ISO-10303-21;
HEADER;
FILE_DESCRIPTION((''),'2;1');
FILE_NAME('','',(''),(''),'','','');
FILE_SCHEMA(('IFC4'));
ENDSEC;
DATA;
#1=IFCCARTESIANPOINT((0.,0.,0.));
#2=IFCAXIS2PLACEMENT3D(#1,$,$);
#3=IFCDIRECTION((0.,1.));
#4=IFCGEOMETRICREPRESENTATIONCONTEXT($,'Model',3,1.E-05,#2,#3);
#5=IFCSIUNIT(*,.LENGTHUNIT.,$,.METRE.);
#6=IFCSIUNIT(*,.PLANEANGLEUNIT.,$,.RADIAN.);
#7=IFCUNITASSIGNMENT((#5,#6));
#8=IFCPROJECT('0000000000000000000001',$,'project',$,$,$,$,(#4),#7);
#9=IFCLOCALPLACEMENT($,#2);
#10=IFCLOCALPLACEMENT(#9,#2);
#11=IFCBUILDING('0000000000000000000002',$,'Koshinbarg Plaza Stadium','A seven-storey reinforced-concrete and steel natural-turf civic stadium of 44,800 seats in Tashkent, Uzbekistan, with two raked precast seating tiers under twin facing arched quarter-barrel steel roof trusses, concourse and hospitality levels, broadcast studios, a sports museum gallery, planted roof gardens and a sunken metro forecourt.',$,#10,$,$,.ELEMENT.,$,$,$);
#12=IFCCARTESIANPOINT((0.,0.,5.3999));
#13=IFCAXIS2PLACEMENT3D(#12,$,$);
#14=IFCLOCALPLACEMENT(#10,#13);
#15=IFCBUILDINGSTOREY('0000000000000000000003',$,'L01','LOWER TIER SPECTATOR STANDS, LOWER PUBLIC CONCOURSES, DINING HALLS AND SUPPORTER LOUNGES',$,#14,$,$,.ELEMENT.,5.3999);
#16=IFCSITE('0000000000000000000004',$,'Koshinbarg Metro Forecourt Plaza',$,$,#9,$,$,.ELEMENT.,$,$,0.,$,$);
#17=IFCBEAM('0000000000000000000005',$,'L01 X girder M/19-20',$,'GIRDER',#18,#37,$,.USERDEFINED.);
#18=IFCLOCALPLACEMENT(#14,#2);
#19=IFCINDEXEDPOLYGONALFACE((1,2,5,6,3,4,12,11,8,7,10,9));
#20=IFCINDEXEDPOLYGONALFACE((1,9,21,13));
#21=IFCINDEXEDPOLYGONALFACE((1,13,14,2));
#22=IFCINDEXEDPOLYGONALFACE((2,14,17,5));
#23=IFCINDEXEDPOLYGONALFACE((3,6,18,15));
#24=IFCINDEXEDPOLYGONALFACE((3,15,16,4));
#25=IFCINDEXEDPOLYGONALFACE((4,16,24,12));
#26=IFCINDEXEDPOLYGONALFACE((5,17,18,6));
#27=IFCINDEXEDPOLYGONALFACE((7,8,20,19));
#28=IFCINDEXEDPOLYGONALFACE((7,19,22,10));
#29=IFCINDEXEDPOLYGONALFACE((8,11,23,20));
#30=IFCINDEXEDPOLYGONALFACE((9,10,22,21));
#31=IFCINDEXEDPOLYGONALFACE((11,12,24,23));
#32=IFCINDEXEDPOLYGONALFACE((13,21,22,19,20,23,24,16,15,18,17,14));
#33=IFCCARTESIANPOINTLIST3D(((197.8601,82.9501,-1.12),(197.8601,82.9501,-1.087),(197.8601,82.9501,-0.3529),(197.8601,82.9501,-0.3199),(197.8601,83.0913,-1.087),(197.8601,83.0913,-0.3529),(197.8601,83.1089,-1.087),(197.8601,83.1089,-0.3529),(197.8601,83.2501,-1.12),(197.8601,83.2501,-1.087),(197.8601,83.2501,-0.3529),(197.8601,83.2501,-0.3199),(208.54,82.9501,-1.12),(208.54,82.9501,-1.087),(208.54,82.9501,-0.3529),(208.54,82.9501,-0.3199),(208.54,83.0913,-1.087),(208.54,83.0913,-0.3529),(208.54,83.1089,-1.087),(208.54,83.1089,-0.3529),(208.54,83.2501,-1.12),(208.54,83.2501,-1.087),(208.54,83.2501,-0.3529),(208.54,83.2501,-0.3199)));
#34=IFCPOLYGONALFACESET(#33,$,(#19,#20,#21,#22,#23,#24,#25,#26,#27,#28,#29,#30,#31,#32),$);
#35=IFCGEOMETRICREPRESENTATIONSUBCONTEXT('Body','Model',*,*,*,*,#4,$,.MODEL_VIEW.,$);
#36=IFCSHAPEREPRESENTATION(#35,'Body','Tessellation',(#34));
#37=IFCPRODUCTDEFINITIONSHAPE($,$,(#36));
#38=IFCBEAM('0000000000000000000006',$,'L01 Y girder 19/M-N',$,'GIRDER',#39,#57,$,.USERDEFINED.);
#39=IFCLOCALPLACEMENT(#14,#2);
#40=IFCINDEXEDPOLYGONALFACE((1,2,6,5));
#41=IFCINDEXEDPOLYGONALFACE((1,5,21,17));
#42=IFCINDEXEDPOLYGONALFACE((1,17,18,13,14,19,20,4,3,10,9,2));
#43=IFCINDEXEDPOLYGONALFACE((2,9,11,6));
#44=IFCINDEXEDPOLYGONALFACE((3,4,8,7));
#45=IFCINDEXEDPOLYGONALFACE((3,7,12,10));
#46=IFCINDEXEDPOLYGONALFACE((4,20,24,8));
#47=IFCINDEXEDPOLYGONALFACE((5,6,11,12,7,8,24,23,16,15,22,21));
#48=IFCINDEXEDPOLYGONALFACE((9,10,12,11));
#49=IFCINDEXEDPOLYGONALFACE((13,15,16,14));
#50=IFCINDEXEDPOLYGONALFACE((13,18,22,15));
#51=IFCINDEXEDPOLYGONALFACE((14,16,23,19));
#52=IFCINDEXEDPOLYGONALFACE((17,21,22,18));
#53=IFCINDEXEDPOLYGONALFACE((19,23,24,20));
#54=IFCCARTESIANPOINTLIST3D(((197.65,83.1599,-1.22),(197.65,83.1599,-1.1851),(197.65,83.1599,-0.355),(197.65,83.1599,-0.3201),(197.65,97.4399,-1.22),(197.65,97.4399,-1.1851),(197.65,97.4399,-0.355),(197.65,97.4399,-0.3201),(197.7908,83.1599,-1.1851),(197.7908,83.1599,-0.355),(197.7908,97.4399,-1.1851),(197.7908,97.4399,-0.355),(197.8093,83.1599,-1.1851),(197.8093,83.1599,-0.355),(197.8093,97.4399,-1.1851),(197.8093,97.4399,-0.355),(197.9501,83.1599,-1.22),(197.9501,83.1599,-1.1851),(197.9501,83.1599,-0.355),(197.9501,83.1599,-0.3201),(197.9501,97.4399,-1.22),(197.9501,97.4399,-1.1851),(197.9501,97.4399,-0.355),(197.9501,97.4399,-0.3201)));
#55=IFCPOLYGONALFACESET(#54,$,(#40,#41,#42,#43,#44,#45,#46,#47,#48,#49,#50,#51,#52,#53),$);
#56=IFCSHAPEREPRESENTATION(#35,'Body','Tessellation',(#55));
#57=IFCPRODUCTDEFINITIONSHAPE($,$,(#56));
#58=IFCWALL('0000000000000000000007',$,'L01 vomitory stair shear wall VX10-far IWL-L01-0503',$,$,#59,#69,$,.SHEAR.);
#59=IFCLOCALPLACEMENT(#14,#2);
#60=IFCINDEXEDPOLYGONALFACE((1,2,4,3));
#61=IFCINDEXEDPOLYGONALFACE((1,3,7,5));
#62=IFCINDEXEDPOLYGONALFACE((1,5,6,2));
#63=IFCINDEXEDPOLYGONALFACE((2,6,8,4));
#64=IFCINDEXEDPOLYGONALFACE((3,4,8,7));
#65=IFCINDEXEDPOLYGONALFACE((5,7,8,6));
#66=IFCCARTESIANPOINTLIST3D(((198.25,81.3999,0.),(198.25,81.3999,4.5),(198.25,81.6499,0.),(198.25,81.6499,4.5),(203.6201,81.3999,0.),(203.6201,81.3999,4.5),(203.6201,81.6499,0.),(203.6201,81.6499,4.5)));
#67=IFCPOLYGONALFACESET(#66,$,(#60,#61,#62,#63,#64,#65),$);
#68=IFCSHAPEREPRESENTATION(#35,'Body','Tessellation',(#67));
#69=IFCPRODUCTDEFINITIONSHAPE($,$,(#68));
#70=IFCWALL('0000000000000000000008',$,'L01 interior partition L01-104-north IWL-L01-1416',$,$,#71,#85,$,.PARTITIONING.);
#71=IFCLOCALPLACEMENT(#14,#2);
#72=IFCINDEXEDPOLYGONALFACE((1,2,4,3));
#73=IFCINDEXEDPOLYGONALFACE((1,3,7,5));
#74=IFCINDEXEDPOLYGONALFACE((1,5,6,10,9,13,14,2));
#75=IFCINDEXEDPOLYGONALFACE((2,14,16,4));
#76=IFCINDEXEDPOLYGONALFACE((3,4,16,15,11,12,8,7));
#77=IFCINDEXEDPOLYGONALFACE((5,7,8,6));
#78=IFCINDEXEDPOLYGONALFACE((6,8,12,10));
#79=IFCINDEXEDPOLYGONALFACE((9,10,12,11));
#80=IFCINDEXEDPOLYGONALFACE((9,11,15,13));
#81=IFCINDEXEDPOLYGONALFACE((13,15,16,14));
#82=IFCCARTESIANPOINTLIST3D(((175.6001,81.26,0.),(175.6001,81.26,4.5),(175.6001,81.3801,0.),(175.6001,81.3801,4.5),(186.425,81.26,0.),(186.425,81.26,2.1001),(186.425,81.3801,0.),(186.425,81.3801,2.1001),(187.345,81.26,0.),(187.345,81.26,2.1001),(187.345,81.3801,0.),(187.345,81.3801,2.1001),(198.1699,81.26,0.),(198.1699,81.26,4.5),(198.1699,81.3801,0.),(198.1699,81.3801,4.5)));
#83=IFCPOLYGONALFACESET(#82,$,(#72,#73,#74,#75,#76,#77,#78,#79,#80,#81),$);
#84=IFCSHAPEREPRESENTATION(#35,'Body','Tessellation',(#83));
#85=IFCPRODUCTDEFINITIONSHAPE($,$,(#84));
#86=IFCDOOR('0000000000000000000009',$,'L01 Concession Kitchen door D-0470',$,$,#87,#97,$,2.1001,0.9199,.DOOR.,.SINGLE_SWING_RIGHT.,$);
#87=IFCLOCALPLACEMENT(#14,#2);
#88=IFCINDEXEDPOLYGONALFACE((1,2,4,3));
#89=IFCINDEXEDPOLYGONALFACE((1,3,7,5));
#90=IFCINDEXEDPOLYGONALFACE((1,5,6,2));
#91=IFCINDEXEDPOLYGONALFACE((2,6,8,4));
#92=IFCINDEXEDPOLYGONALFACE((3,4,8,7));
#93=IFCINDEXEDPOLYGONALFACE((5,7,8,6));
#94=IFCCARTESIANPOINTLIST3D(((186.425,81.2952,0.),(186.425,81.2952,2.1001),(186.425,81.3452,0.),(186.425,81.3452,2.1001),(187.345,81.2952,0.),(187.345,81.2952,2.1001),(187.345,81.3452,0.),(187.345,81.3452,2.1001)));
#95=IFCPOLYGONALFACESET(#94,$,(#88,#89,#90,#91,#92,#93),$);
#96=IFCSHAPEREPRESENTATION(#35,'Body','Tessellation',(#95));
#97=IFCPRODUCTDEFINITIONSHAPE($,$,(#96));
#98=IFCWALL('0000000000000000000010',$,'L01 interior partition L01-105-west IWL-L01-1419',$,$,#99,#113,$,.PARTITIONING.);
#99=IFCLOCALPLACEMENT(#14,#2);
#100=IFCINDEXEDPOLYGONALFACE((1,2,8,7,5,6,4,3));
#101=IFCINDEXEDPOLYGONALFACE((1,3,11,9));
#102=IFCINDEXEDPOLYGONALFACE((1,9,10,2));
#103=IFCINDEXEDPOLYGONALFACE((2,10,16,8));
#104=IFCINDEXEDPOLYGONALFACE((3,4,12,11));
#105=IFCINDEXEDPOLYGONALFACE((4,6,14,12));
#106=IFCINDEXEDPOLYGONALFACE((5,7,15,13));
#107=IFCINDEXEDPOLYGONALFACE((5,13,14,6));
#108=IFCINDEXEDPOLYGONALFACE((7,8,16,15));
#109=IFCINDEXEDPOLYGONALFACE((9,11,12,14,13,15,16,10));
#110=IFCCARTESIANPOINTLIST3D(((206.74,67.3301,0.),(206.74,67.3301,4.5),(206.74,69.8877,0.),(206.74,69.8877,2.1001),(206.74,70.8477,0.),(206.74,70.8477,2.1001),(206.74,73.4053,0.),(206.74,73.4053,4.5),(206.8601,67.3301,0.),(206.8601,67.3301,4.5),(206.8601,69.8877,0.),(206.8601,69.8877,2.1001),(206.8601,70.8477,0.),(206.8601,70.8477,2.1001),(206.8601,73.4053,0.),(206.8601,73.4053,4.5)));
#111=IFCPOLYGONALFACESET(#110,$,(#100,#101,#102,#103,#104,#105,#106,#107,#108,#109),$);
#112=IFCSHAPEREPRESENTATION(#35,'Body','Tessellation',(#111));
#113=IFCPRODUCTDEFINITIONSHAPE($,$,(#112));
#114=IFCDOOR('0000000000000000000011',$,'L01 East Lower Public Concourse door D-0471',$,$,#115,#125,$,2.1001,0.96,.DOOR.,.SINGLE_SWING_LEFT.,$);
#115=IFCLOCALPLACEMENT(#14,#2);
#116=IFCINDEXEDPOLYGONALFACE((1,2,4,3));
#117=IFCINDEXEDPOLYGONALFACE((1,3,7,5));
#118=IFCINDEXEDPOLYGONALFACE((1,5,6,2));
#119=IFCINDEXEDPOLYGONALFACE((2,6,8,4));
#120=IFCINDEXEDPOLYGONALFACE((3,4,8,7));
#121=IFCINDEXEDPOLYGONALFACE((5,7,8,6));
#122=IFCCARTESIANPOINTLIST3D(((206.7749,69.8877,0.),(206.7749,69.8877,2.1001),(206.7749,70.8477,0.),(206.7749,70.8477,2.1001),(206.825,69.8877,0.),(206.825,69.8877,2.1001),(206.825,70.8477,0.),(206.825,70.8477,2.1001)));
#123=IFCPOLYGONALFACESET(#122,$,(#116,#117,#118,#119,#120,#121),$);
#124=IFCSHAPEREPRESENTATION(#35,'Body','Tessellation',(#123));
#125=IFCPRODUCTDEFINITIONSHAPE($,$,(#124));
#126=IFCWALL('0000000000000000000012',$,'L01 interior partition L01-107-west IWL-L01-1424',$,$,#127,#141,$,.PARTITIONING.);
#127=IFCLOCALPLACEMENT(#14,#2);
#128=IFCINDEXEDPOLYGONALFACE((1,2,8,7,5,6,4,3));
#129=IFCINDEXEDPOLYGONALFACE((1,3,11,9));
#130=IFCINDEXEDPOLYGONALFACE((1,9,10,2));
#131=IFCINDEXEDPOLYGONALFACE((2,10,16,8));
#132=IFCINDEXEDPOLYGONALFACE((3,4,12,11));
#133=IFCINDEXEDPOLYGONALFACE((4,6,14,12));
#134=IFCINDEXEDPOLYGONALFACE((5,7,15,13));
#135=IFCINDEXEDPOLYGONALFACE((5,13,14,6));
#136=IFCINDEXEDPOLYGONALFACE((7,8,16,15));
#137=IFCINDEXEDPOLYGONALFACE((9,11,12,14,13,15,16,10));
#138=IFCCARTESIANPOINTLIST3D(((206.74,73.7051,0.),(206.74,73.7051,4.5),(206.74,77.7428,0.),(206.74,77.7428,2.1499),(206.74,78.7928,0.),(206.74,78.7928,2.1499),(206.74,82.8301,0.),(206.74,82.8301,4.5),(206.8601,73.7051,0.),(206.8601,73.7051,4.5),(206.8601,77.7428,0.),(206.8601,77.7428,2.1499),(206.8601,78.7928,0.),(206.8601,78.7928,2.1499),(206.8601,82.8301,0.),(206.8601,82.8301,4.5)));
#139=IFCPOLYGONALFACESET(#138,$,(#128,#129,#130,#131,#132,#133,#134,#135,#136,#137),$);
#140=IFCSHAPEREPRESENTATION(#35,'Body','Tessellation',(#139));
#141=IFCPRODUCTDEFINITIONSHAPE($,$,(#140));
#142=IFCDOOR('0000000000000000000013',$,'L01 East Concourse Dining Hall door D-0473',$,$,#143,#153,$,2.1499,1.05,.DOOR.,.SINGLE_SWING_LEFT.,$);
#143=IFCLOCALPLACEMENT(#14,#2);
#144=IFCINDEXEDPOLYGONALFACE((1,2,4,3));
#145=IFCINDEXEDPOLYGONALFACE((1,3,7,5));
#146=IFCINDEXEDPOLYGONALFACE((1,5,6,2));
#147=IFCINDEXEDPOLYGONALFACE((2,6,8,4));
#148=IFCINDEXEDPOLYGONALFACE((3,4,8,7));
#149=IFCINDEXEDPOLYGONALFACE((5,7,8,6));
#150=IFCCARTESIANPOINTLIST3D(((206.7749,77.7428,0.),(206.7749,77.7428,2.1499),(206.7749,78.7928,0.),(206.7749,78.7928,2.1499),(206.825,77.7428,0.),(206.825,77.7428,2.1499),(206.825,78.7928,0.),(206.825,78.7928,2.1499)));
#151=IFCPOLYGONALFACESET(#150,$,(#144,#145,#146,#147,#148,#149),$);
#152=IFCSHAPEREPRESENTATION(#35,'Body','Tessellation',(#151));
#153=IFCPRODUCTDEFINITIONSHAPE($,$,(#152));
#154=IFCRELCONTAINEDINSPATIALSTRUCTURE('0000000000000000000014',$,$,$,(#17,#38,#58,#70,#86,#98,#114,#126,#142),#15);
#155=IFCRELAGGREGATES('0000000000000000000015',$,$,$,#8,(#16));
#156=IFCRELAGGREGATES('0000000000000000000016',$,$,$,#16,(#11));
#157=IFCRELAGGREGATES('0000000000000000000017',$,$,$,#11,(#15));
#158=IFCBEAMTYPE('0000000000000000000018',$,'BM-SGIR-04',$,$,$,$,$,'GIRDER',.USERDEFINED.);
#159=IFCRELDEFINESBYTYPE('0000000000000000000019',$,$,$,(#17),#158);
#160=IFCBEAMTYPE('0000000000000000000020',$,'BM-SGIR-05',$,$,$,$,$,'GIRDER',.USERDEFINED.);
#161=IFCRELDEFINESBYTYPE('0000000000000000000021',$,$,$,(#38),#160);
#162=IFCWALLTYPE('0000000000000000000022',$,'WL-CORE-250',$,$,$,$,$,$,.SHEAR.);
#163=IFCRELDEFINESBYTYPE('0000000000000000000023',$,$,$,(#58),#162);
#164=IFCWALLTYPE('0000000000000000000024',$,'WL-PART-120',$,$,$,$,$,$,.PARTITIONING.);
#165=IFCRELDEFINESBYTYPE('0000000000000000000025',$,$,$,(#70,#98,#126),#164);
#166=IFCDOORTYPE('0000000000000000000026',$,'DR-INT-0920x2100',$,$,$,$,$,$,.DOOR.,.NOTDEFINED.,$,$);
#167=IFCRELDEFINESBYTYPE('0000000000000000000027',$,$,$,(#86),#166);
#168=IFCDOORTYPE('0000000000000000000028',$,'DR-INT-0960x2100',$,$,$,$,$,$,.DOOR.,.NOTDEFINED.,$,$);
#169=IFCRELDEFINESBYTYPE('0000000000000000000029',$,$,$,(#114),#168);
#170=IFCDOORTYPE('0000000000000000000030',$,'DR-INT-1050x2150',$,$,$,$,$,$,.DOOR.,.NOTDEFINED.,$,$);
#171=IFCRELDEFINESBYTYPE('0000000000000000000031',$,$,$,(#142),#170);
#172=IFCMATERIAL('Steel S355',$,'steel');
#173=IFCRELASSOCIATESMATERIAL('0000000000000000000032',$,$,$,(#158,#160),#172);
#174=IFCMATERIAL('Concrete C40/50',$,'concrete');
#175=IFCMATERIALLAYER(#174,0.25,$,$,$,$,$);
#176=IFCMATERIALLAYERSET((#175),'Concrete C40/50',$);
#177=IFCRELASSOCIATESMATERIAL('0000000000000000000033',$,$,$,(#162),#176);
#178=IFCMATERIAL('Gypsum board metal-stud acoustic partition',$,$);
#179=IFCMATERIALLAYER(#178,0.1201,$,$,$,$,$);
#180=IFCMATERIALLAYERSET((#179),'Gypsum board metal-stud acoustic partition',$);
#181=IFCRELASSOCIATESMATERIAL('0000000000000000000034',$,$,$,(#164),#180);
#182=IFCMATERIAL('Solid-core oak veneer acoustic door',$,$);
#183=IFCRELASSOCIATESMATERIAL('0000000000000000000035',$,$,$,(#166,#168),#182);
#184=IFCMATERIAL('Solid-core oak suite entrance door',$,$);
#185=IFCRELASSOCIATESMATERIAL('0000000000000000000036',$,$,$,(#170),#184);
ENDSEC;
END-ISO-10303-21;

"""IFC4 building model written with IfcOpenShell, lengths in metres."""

from ifc_helpers import new_model, si_unit, direction, frame, frame_2d, origin, origin_2d, place, context, subcontext, project, spatial, rectangle, i_section, extrude, material, layer, layer_set, material_profile, profile_set, type_object, element, fill, save


model = new_model("IFC4")

# Units and contexts
model_context = context("Model", 3, precision=1e-05, world=origin(), true_north=direction((0.0, 1.0)))
body_context = subcontext(model_context, "Body", "Model", "MODEL_VIEW")
ifc_project = project(units=[si_unit("LENGTHUNIT", "METRE"), si_unit("PLANEANGLEUNIT", "RADIAN")], contexts=[model_context])

# Site, building, storey
site_placement = place(None, origin())
site = spatial("IfcSite", under=ifc_project, at=site_placement, Name="Koshinbarg Metro Forecourt Plaza", CompositionType="ELEMENT", RefElevation=0.0)
building_placement = place(site_placement, origin())
building = spatial("IfcBuilding", under=site, at=building_placement, Name="Koshinbarg Plaza Stadium", Description="A seven-storey reinforced-concrete and steel natural-turf civic stadium of 44,800 seats in Tashkent, Uzbekistan, with two raked precast seating tiers under twin facing arched quarter-barrel steel roof trusses, concourse and hospitality levels, broadcast studios, a sports museum gallery, planted roof gardens and a sunken metro forecourt.", CompositionType="ELEMENT")
storey_placement = place(building_placement, frame((0.0, 0.0, 5.3999)))
storey = spatial("IfcBuildingStorey", under=building, at=storey_placement, Name="L01", Description="LOWER TIER SPECTATOR STANDS, LOWER PUBLIC CONCOURSES, DINING HALLS AND SUPPORTER LOUNGES", CompositionType="ELEMENT", Elevation=5.3999)

# Shared definitions
ifc_material_1 = material(Name="Concrete C40/50", Category="concrete")

# Beams
ifc_material_2 = material(Name="Steel S355", Category="steel")
ifc_material_profile_1 = material_profile(ifc_material_2, i_section(OverallWidth=0.3, OverallDepth=0.8, WebThickness=0.0176, FlangeThickness=0.033, at=origin_2d()), Name="HEB 800")
ifc_profile_set_1 = profile_set([ifc_material_profile_1], Name="Steel S355")
beam_type_1 = type_object("IfcBeamType", Name="BM-SGIR-04", ElementType="GIRDER", PredefinedType="USERDEFINED", material=ifc_profile_set_1)
beam_1_placement = place(storey_placement, frame((197.8601, 83.1001, -0.72), z_axis=(1.0, 0.0, 0.0), x_axis=(0.0, 1.0, 0.0)))
element("IfcBeam", 1, at=beam_1_placement, inside=storey, type_object=beam_type_1, Name="L01 X girder M/19-20", ObjectType="GIRDER", PredefinedType="USERDEFINED", context=body_context, shape_type="SweptSolid", body=[
    extrude(i_section(OverallWidth=0.3, OverallDepth=0.8, WebThickness=0.0176, FlangeThickness=0.033, at=origin_2d()), origin(), (0.0, 0.0, 1.0), 10.6799),
])
ifc_material_profile_2 = material_profile(ifc_material_2, i_section(OverallWidth=0.3, OverallDepth=0.8999, WebThickness=0.0186, FlangeThickness=0.0349, at=origin_2d()), Name="HEB 900")
ifc_profile_set_2 = profile_set([ifc_material_profile_2], Name="Steel S355")
beam_type_2 = type_object("IfcBeamType", Name="BM-SGIR-05", ElementType="GIRDER", PredefinedType="USERDEFINED", material=ifc_profile_set_2)
beam_2_placement = place(storey_placement, frame((197.8, 83.1599, -0.77), z_axis=(0.0, 1.0, 0.0), x_axis=(-1.0, 0.0, 0.0)))
element("IfcBeam", 2, at=beam_2_placement, inside=storey, type_object=beam_type_2, Name="L01 Y girder 19/M-N", ObjectType="GIRDER", PredefinedType="USERDEFINED", context=body_context, shape_type="SweptSolid", body=[
    extrude(i_section(OverallWidth=0.3, OverallDepth=0.8999, WebThickness=0.0186, FlangeThickness=0.0349, at=origin_2d()), origin(), (0.0, 0.0, 1.0), 14.28),
])

# Wall
ifc_layer_1 = layer(ifc_material_1, 0.25)
ifc_layer_set_1 = layer_set([ifc_layer_1], Name="Concrete C40/50")
wall_type_1 = type_object("IfcWallType", Name="WL-CORE-250", PredefinedType="SHEAR", material=ifc_layer_set_1)
wall_1_placement = place(storey_placement, frame((203.6201, 81.5249, 0.0), z_axis=(0.0, 0.0, 1.0), x_axis=(-1.0, 0.0, 0.0)))
element("IfcWall", 3, at=wall_1_placement, inside=storey, type_object=wall_type_1, Name="L01 vomitory stair shear wall VX10-far IWL-L01-0503", PredefinedType="SHEAR", context=body_context, shape_type="SweptSolid", body=[
    extrude(rectangle(XDim=5.3701, YDim=0.25, at=frame_2d((2.6851, 0.0))), origin(), (0.0, 0.0, 1.0), 4.5),
])

# Walls, openings, doors
ifc_material_3 = material(Name="Gypsum board metal-stud acoustic partition")
ifc_layer_2 = layer(ifc_material_3, 0.1201)
ifc_layer_set_2 = layer_set([ifc_layer_2], Name="Gypsum board metal-stud acoustic partition")
wall_type_2 = type_object("IfcWallType", Name="WL-PART-120", PredefinedType="PARTITIONING", material=ifc_layer_set_2)
wall_2_placement = place(storey_placement, frame((198.1699, 81.3201, 0.0), z_axis=(0.0, 0.0, 1.0), x_axis=(-1.0, 0.0, 0.0)))
wall_2 = element("IfcWall", 4, at=wall_2_placement, inside=storey, type_object=wall_type_2, Name="L01 interior partition L01-104-north IWL-L01-1416", PredefinedType="PARTITIONING", context=body_context, shape_type="SweptSolid", body=[
    extrude(rectangle(XDim=22.5698, YDim=0.1201, at=frame_2d((11.2849, 0.0))), origin(), (0.0, 0.0, 1.0), 4.5),
])
opening_1_placement = place(wall_2_placement, frame((10.825, 0.0, 0.0)))
opening_1 = element("IfcOpeningElement", 5, at=opening_1_placement, cuts=wall_2, PredefinedType="OPENING", context=body_context, shape_type="SweptSolid", body=[
    extrude(rectangle(XDim=0.9199, YDim=2.1001, at=frame_2d((0.46, 1.05))), frame((0.0, 0.0701, 0.0), z_axis=(0.0, -1.0, 0.0), x_axis=(1.0, 0.0, 0.0)), (0.0, 0.0, 1.0), 0.1401),
])
ifc_material_4 = material(Name="Solid-core oak veneer acoustic door")
door_type_1 = type_object("IfcDoorType", Name="DR-INT-0920x2100", OperationType="NOTDEFINED", PredefinedType="DOOR", material=ifc_material_4)
door_1_placement = place(opening_1_placement, origin())
door_1 = element("IfcDoor", 6, at=door_1_placement, inside=storey, type_object=door_type_1, Name="L01 Concession Kitchen door D-0470", OperationType="SINGLE_SWING_RIGHT", OverallHeight=2.1001, OverallWidth=0.9199, PredefinedType="DOOR", context=body_context, shape_type="SweptSolid", body=[
    extrude(rectangle(XDim=0.9199, YDim=2.1001, at=frame_2d((0.46, 1.05))), frame((0.0, 0.0249, 0.0), z_axis=(0.0, -1.0, 0.0), x_axis=(1.0, 0.0, 0.0)), (0.0, 0.0, 1.0), 0.05),
])
fill(opening_1, door_1)
wall_3_placement = place(storey_placement, frame((206.8, 73.4053, 0.0), z_axis=(0.0, 0.0, 1.0), x_axis=(0.0, -1.0, 0.0)))
wall_3 = element("IfcWall", 7, at=wall_3_placement, inside=storey, type_object=wall_type_2, Name="L01 interior partition L01-105-west IWL-L01-1419", PredefinedType="PARTITIONING", context=body_context, shape_type="SweptSolid", body=[
    extrude(rectangle(XDim=6.0752, YDim=0.1201, at=frame_2d((3.0376, 0.0))), origin(), (0.0, 0.0, 1.0), 4.5),
])
opening_2_placement = place(wall_3_placement, frame((2.5576, 0.0, 0.0)))
opening_2 = element("IfcOpeningElement", 8, at=opening_2_placement, cuts=wall_3, PredefinedType="OPENING", context=body_context, shape_type="SweptSolid", body=[
    extrude(rectangle(XDim=0.96, YDim=2.1001, at=frame_2d((0.48, 1.05))), frame((0.0, 0.0701, 0.0), z_axis=(0.0, -1.0, 0.0), x_axis=(1.0, 0.0, 0.0)), (0.0, 0.0, 1.0), 0.1401),
])
door_type_2 = type_object("IfcDoorType", Name="DR-INT-0960x2100", OperationType="NOTDEFINED", PredefinedType="DOOR", material=ifc_material_4)
door_2_placement = place(opening_2_placement, origin())
door_2 = element("IfcDoor", 9, at=door_2_placement, inside=storey, type_object=door_type_2, Name="L01 East Lower Public Concourse door D-0471", OperationType="SINGLE_SWING_LEFT", OverallHeight=2.1001, OverallWidth=0.96, PredefinedType="DOOR", context=body_context, shape_type="SweptSolid", body=[
    extrude(rectangle(XDim=0.96, YDim=2.1001, at=frame_2d((0.48, 1.05))), frame((0.0, 0.0249, 0.0), z_axis=(0.0, -1.0, 0.0), x_axis=(1.0, 0.0, 0.0)), (0.0, 0.0, 1.0), 0.05),
])
fill(opening_2, door_2)
wall_4_placement = place(storey_placement, frame((206.8, 82.8301, 0.0), z_axis=(0.0, 0.0, 1.0), x_axis=(0.0, -1.0, 0.0)))
wall_4 = element("IfcWall", 10, at=wall_4_placement, inside=storey, type_object=wall_type_2, Name="L01 interior partition L01-107-west IWL-L01-1424", PredefinedType="PARTITIONING", context=body_context, shape_type="SweptSolid", body=[
    extrude(rectangle(XDim=9.125, YDim=0.1201, at=frame_2d((4.5625, 0.0))), origin(), (0.0, 0.0, 1.0), 4.5),
])
opening_3_placement = place(wall_4_placement, frame((4.0374, 0.0, 0.0)))
opening_3 = element("IfcOpeningElement", 11, at=opening_3_placement, cuts=wall_4, PredefinedType="OPENING", context=body_context, shape_type="SweptSolid", body=[
    extrude(rectangle(XDim=1.05, YDim=2.1499, at=frame_2d((0.5249, 1.075))), frame((0.0, 0.0701, 0.0), z_axis=(0.0, -1.0, 0.0), x_axis=(1.0, 0.0, 0.0)), (0.0, 0.0, 1.0), 0.1401),
])
ifc_material_5 = material(Name="Solid-core oak suite entrance door")
door_type_3 = type_object("IfcDoorType", Name="DR-INT-1050x2150", OperationType="NOTDEFINED", PredefinedType="DOOR", material=ifc_material_5)
door_3_placement = place(opening_3_placement, origin())
door_3 = element("IfcDoor", 12, at=door_3_placement, inside=storey, type_object=door_type_3, Name="L01 East Concourse Dining Hall door D-0473", OperationType="SINGLE_SWING_LEFT", OverallHeight=2.1499, OverallWidth=1.05, PredefinedType="DOOR", context=body_context, shape_type="SweptSolid", body=[
    extrude(rectangle(XDim=1.05, YDim=2.1499, at=frame_2d((0.5249, 1.075))), frame((0.0, 0.0249, 0.0), z_axis=(0.0, -1.0, 0.0), x_axis=(1.0, 0.0, 0.0)), (0.0, 0.0, 1.0), 0.05),
])
fill(opening_3, door_3)

save(model, "model.ifc")
